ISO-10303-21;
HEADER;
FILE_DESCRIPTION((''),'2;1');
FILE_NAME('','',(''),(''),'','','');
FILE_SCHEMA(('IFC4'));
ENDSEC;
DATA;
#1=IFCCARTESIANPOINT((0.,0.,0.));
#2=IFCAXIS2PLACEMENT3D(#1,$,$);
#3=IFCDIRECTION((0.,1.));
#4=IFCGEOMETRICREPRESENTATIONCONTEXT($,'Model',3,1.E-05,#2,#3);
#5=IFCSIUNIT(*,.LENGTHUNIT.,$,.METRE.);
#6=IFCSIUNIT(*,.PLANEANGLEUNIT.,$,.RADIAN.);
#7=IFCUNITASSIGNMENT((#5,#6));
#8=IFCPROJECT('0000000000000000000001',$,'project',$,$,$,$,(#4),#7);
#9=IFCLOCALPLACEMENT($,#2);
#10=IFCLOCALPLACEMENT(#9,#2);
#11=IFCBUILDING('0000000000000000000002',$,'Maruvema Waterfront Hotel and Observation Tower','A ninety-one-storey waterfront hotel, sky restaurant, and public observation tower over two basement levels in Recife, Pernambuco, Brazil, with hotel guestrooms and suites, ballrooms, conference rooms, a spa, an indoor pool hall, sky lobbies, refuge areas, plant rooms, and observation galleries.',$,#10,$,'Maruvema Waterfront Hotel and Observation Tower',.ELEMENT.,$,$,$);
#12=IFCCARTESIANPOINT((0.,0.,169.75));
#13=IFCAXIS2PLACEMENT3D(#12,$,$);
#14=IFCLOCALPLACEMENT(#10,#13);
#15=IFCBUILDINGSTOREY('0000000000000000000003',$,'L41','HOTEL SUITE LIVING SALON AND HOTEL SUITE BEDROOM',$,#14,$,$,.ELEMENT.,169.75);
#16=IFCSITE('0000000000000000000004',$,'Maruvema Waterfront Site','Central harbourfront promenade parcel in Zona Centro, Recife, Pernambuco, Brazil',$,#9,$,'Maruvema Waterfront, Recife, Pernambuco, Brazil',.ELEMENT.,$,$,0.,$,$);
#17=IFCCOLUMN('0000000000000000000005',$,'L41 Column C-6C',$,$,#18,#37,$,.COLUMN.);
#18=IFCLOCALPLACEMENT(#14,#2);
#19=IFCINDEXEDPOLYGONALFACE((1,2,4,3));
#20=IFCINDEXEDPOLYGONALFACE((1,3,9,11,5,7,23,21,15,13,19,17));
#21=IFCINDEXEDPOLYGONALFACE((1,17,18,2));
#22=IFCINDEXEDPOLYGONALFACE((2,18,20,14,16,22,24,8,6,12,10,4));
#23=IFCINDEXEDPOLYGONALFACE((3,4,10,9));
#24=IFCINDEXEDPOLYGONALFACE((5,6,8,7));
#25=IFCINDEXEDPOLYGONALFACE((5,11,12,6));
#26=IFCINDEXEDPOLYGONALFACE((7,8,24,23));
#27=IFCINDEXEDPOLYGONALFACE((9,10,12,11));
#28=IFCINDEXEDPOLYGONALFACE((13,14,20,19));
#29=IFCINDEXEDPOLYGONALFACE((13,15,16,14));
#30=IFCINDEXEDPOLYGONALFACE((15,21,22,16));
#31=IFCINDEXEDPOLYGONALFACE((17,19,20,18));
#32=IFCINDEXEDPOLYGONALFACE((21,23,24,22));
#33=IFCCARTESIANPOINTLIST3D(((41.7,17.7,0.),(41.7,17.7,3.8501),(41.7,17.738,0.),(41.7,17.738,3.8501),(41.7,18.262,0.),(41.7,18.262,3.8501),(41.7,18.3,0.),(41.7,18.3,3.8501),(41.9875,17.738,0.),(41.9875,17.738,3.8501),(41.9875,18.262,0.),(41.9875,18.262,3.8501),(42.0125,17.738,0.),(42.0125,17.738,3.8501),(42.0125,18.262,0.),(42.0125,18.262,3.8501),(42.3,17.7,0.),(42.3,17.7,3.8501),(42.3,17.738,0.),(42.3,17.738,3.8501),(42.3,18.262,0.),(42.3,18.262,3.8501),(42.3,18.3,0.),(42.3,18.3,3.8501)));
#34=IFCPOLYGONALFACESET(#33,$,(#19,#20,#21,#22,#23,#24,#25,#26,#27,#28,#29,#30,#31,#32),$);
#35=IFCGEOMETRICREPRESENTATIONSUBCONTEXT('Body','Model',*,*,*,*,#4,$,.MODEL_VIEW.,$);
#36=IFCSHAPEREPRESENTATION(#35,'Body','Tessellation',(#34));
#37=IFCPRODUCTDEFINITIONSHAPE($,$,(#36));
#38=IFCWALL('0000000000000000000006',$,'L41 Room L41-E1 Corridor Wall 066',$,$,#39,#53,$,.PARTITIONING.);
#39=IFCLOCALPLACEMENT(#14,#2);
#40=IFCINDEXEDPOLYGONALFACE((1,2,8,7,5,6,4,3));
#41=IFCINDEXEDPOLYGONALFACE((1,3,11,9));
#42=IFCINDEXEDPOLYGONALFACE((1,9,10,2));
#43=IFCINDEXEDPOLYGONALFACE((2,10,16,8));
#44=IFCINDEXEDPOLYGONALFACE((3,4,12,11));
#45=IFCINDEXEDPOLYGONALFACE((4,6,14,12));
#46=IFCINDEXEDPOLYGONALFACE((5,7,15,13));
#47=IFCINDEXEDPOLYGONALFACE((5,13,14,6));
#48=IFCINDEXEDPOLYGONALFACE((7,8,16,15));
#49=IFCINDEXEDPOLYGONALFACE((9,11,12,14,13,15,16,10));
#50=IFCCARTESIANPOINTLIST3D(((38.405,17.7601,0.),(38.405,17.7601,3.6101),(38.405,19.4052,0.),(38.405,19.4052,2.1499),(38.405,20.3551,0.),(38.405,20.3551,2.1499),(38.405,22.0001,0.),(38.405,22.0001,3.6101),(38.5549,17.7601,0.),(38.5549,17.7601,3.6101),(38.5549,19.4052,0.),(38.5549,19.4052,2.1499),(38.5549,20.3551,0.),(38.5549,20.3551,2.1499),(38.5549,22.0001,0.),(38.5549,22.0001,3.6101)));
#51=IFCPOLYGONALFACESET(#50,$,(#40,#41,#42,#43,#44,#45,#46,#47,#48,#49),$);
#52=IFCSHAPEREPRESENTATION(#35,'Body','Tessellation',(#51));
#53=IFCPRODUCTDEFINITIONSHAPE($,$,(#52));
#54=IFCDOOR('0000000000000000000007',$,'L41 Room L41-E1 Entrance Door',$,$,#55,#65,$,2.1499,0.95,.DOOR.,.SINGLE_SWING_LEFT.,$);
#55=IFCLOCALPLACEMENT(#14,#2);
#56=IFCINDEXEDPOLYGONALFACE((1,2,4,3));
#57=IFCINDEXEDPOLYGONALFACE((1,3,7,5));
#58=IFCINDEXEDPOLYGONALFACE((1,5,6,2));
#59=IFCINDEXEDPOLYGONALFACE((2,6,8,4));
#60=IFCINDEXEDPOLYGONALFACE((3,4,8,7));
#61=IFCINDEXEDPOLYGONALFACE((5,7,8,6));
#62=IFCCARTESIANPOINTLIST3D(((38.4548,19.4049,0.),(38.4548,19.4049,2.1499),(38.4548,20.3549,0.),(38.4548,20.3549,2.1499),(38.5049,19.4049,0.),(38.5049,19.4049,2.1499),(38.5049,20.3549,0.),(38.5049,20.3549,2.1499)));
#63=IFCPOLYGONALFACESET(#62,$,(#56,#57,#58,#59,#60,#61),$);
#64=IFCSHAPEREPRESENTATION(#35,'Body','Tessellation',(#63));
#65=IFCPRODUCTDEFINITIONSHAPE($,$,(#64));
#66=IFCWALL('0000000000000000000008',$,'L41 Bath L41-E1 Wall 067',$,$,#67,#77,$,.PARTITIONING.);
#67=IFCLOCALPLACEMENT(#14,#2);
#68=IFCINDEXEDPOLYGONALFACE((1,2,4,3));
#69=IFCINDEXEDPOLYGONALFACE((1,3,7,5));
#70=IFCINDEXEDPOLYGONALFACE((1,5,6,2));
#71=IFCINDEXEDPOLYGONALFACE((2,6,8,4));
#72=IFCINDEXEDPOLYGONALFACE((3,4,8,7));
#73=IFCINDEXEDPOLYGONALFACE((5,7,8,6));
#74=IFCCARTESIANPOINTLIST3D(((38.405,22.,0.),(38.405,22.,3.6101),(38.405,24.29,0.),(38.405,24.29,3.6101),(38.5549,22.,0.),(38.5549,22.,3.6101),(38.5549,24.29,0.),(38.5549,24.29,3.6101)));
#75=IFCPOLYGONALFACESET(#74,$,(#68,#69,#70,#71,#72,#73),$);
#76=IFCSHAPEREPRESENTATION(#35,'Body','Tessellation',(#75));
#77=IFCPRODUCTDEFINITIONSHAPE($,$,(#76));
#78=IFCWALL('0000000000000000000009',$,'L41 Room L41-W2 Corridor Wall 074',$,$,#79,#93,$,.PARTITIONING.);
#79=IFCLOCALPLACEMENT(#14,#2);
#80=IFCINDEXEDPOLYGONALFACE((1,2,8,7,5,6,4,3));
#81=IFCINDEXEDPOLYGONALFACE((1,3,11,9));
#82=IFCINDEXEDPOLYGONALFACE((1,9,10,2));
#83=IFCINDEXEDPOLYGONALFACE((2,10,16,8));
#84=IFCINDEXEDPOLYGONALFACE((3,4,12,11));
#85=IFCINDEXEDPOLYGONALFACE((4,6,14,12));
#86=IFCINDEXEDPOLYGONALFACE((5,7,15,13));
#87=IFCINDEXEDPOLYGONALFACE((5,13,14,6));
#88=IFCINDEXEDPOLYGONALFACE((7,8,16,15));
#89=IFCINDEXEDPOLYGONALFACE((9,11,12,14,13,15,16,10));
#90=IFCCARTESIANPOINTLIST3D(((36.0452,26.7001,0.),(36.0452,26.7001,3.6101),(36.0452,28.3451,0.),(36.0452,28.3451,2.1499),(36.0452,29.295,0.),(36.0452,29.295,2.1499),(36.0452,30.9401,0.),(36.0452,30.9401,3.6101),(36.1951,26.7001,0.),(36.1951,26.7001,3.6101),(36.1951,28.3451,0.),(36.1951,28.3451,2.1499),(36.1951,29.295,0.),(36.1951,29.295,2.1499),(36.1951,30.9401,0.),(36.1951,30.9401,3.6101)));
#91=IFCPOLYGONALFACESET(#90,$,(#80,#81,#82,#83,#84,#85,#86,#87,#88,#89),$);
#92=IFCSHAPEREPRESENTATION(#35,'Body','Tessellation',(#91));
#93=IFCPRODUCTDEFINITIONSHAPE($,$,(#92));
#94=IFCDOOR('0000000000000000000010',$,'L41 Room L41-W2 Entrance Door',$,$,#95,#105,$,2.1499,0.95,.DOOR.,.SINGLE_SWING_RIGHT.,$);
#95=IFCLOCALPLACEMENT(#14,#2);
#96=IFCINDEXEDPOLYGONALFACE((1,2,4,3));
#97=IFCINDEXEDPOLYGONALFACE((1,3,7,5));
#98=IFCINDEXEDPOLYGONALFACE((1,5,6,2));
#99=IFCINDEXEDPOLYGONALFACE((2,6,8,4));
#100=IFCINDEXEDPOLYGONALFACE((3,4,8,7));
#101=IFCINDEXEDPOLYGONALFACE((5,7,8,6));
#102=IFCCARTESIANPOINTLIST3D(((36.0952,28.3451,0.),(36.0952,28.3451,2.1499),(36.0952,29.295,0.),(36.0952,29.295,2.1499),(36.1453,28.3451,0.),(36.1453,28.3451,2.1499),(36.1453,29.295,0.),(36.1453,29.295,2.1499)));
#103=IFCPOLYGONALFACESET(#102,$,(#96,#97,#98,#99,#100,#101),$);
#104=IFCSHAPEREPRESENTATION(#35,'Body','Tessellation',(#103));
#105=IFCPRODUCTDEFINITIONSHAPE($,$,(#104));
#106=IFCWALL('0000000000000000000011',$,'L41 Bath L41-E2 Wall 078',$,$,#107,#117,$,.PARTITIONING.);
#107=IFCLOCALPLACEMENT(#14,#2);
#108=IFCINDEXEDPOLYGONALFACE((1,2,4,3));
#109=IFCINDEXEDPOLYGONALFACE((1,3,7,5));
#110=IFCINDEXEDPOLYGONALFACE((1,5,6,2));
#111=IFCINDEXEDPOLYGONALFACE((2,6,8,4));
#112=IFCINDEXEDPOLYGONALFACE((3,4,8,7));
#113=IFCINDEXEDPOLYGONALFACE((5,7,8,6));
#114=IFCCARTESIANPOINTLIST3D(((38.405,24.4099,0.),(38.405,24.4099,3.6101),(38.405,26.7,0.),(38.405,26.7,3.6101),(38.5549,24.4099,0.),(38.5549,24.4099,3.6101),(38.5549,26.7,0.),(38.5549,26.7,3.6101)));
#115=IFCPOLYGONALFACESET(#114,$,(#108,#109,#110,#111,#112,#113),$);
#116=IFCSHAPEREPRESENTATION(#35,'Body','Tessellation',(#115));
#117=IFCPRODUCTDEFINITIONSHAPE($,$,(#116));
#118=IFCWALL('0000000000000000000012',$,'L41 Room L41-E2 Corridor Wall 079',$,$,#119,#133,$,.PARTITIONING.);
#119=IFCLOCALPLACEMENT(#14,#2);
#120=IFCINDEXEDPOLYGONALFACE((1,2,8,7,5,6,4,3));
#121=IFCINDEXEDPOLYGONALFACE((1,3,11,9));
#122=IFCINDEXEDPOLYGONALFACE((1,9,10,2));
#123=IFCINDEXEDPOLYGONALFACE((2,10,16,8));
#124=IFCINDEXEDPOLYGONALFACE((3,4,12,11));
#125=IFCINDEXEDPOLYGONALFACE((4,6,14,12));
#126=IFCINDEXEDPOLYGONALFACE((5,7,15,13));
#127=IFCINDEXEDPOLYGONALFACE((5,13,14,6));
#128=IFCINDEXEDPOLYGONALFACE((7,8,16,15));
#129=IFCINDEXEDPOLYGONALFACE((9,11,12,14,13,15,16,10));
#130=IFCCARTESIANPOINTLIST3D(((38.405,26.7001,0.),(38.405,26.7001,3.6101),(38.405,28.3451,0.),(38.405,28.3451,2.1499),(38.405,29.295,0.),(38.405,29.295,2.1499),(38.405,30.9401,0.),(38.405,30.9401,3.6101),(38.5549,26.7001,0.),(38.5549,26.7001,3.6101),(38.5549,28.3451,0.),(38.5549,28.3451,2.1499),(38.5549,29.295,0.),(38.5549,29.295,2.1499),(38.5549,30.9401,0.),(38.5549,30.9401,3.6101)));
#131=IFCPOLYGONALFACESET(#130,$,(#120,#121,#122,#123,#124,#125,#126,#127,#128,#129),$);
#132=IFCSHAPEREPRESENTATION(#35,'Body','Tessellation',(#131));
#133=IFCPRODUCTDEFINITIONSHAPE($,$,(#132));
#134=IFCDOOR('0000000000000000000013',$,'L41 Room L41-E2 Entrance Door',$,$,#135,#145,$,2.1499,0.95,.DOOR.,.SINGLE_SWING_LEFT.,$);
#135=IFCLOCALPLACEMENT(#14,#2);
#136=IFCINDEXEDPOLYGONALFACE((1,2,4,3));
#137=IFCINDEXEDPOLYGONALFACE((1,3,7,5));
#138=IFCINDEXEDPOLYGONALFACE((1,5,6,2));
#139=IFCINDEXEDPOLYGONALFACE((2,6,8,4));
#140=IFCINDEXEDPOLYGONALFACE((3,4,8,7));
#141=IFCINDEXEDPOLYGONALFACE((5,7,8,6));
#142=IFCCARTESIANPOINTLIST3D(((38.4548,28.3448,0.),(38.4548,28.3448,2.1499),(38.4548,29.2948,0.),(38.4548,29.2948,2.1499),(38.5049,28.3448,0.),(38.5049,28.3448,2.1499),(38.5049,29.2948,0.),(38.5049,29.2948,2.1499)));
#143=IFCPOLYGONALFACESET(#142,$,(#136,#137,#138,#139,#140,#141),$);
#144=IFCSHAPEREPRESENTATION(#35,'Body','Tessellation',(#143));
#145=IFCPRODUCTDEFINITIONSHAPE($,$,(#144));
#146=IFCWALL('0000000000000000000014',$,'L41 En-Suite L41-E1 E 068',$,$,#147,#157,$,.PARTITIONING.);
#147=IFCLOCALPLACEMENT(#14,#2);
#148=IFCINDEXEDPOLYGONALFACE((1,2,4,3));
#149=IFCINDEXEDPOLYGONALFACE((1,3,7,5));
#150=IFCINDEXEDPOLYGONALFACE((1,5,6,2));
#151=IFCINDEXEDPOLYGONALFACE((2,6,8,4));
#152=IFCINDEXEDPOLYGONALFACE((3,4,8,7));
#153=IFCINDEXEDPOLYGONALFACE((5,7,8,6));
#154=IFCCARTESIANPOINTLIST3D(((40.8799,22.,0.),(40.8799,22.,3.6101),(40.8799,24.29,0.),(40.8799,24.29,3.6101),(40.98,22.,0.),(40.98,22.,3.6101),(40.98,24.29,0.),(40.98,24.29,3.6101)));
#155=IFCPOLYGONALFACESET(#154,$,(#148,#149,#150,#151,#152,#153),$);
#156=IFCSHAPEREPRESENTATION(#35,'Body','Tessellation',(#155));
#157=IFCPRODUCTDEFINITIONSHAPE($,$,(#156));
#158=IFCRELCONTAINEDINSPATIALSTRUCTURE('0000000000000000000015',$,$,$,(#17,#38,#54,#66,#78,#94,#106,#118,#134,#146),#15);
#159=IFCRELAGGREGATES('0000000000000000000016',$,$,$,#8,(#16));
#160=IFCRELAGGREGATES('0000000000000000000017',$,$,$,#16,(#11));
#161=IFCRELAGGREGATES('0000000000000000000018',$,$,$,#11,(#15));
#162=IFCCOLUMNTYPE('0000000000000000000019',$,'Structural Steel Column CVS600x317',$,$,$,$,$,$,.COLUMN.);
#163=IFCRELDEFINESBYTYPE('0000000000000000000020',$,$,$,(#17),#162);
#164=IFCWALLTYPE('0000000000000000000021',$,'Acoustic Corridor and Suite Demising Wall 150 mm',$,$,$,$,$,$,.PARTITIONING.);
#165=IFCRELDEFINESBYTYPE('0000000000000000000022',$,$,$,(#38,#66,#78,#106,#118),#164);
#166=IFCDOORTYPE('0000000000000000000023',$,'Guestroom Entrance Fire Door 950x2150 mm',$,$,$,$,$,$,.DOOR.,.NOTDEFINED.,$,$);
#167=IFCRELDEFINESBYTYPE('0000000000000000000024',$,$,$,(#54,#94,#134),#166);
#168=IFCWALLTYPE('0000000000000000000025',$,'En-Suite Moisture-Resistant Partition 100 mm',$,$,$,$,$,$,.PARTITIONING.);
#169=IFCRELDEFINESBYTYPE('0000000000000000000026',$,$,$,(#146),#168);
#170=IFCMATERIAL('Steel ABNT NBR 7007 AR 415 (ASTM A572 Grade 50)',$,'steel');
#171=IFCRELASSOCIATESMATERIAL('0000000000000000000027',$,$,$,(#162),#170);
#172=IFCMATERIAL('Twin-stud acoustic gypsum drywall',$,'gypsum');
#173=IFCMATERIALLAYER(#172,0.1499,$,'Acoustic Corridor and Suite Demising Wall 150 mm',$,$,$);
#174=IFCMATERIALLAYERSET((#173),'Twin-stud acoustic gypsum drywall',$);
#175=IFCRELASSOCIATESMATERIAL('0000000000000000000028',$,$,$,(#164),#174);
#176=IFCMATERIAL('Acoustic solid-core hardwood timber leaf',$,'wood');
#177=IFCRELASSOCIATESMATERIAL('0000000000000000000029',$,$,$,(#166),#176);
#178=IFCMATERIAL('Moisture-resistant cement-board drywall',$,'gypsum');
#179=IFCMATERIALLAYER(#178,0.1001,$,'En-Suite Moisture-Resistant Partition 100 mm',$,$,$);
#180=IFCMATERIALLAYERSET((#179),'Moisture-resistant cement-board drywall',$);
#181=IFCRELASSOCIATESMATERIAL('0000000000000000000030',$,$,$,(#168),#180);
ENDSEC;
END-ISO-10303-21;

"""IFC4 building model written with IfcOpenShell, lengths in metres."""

from ifc_helpers import new_model, si_unit, direction, frame, frame_2d, origin, origin_2d, place, context, subcontext, project, spatial, rectangle, i_section, extrude, material, layer, layer_set, material_profile, profile_set, type_object, element, fill, save


model = new_model("IFC4")

# Units and contexts
model_context = context("Model", 3, precision=1e-05, world=origin(), true_north=direction((0.0, 1.0)))
body_context = subcontext(model_context, "Body", "Model", "MODEL_VIEW")
ifc_project = project(units=[si_unit("LENGTHUNIT", "METRE"), si_unit("PLANEANGLEUNIT", "RADIAN")], contexts=[model_context])

# Site, building, storey
site_placement = place(None, origin())
site = spatial("IfcSite", under=ifc_project, at=site_placement, Name="Maruvema Waterfront Site", Description="Central harbourfront promenade parcel in Zona Centro, Recife, Pernambuco, Brazil", LongName="Maruvema Waterfront, Recife, Pernambuco, Brazil", CompositionType="ELEMENT", RefElevation=0.0)
building_placement = place(site_placement, origin())
building = spatial("IfcBuilding", under=site, at=building_placement, Name="Maruvema Waterfront Hotel and Observation Tower", Description="A ninety-one-storey waterfront hotel, sky restaurant, and public observation tower over two basement levels in Recife, Pernambuco, Brazil, with hotel guestrooms and suites, ballrooms, conference rooms, a spa, an indoor pool hall, sky lobbies, refuge areas, plant rooms, and observation galleries.", LongName="Maruvema Waterfront Hotel and Observation Tower", CompositionType="ELEMENT")
storey_placement = place(building_placement, frame((0.0, 0.0, 169.75)))
storey = spatial("IfcBuildingStorey", under=building, at=storey_placement, Name="L41", Description="HOTEL SUITE LIVING SALON AND HOTEL SUITE BEDROOM", CompositionType="ELEMENT", Elevation=169.75)

# Column
ifc_material_1 = material(Name="Steel ABNT NBR 7007 AR 415 (ASTM A572 Grade 50)", Category="steel")
ifc_material_profile = material_profile(ifc_material_1, i_section(OverallWidth=0.6001, OverallDepth=0.6001, WebThickness=0.0249, FlangeThickness=0.0381, at=origin_2d()), Name="CVS600x317")
ifc_profile_set = profile_set([ifc_material_profile], Name="Steel ABNT NBR 7007 AR 415 (ASTM A572 Grade 50)")
column_type = type_object("IfcColumnType", Name="Structural Steel Column CVS600x317", PredefinedType="COLUMN", material=ifc_profile_set)
column_placement = place(storey_placement, frame((42.0, 18.0, 0.0), z_axis=(0.0, 0.0, 1.0), x_axis=(1.0, 0.0, 0.0)))
element("IfcColumn", 1, at=column_placement, inside=storey, type_object=column_type, Name="L41 Column C-6C", PredefinedType="COLUMN", context=body_context, shape_type="SweptSolid", body=[
    extrude(i_section(OverallWidth=0.6001, OverallDepth=0.6001, WebThickness=0.0249, FlangeThickness=0.0381, at=origin_2d()), origin(), (0.0, 0.0, 1.0), 3.8501),
])

# Wall, opening, door
ifc_material_2 = material(Name="Twin-stud acoustic gypsum drywall", Category="gypsum")
ifc_layer_1 = layer(ifc_material_2, 0.1499, Name="Acoustic Corridor and Suite Demising Wall 150 mm")
ifc_layer_set_1 = layer_set([ifc_layer_1], Name="Twin-stud acoustic gypsum drywall")
wall_type_1 = type_object("IfcWallType", Name="Acoustic Corridor and Suite Demising Wall 150 mm", PredefinedType="PARTITIONING", material=ifc_layer_set_1)
wall_1_placement = place(storey_placement, frame((38.48, 17.76, 0.0), z_axis=(0.0, 0.0, 1.0), x_axis=(0.0, 1.0, 0.0)))
wall_1 = element("IfcWall", 2, at=wall_1_placement, inside=storey, type_object=wall_type_1, Name="L41 Room L41-E1 Corridor Wall 066", PredefinedType="PARTITIONING", context=body_context, shape_type="SweptSolid", body=[
    extrude(rectangle(XDim=4.24, YDim=0.1499, at=frame_2d((2.1201, 0.0))), origin(), (0.0, 0.0, 1.0), 3.6101),
])
opening_1_placement = place(wall_1_placement, frame((1.645, 0.0, 0.0)))
opening_1 = element("IfcOpeningElement", 3, at=opening_1_placement, cuts=wall_1, PredefinedType="OPENING", context=body_context, shape_type="SweptSolid", body=[
    extrude(rectangle(XDim=0.95, YDim=2.1499, at=frame_2d((0.4751, 1.075))), frame((0.0, 0.085, 0.0), z_axis=(0.0, -1.0, 0.0), x_axis=(1.0, 0.0, 0.0)), (0.0, 0.0, 1.0), 0.1699),
])
ifc_material_3 = material(Name="Acoustic solid-core hardwood timber leaf", Category="wood")
door_type_1 = type_object("IfcDoorType", Name="Guestroom Entrance Fire Door 950x2150 mm", OperationType="NOTDEFINED", PredefinedType="DOOR", material=ifc_material_3)
door_1_placement = place(opening_1_placement, frame((0.95, 0.0, 0.0), z_axis=(0.0, 0.0, 1.0), x_axis=(-1.0, 0.0, 0.0)))
door_1 = element("IfcDoor", 4, at=door_1_placement, inside=storey, type_object=door_type_1, Name="L41 Room L41-E1 Entrance Door", OperationType="SINGLE_SWING_LEFT", OverallHeight=2.1499, OverallWidth=0.95, PredefinedType="DOOR", context=body_context, shape_type="SweptSolid", body=[
    extrude(rectangle(XDim=0.95, YDim=2.1499, at=frame_2d((0.4751, 1.075))), frame((0.0, 0.0249, 0.0), z_axis=(0.0, -1.0, 0.0), x_axis=(1.0, 0.0, 0.0)), (0.0, 0.0, 1.0), 0.05),
])
fill(opening_1, door_1)

# Wall
wall_2_placement = place(storey_placement, frame((38.48, 22.0, 0.0), z_axis=(0.0, 0.0, 1.0), x_axis=(0.0, 1.0, 0.0)))
element("IfcWall", 5, at=wall_2_placement, inside=storey, type_object=wall_type_1, Name="L41 Bath L41-E1 Wall 067", PredefinedType="PARTITIONING", context=body_context, shape_type="SweptSolid", body=[
    extrude(rectangle(XDim=2.29, YDim=0.1499, at=frame_2d((1.145, 0.0))), origin(), (0.0, 0.0, 1.0), 3.6101),
])

# Wall, opening, door
wall_3_placement = place(storey_placement, frame((36.1201, 26.7, 0.0), z_axis=(0.0, 0.0, 1.0), x_axis=(0.0, 1.0, 0.0)))
wall_3 = element("IfcWall", 6, at=wall_3_placement, inside=storey, type_object=wall_type_1, Name="L41 Room L41-W2 Corridor Wall 074", PredefinedType="PARTITIONING", context=body_context, shape_type="SweptSolid", body=[
    extrude(rectangle(XDim=4.24, YDim=0.1499, at=frame_2d((2.1201, 0.0))), origin(), (0.0, 0.0, 1.0), 3.6101),
])
opening_2_placement = place(wall_3_placement, frame((1.645, 0.0, 0.0)))
opening_2 = element("IfcOpeningElement", 7, at=opening_2_placement, cuts=wall_3, PredefinedType="OPENING", context=body_context, shape_type="SweptSolid", body=[
    extrude(rectangle(XDim=0.95, YDim=2.1499, at=frame_2d((0.4751, 1.075))), frame((0.0, 0.085, 0.0), z_axis=(0.0, -1.0, 0.0), x_axis=(1.0, 0.0, 0.0)), (0.0, 0.0, 1.0), 0.1699),
])
door_2_placement = place(opening_2_placement, origin())
door_2 = element("IfcDoor", 8, at=door_2_placement, inside=storey, type_object=door_type_1, Name="L41 Room L41-W2 Entrance Door", OperationType="SINGLE_SWING_RIGHT", OverallHeight=2.1499, OverallWidth=0.95, PredefinedType="DOOR", context=body_context, shape_type="SweptSolid", body=[
    extrude(rectangle(XDim=0.95, YDim=2.1499, at=frame_2d((0.4751, 1.075))), frame((0.0, 0.0249, 0.0), z_axis=(0.0, -1.0, 0.0), x_axis=(1.0, 0.0, 0.0)), (0.0, 0.0, 1.0), 0.05),
])
fill(opening_2, door_2)

# Wall
wall_4_placement = place(storey_placement, frame((38.48, 24.4099, 0.0), z_axis=(0.0, 0.0, 1.0), x_axis=(0.0, 1.0, 0.0)))
element("IfcWall", 9, at=wall_4_placement, inside=storey, type_object=wall_type_1, Name="L41 Bath L41-E2 Wall 078", PredefinedType="PARTITIONING", context=body_context, shape_type="SweptSolid", body=[
    extrude(rectangle(XDim=2.29, YDim=0.1499, at=frame_2d((1.145, 0.0))), origin(), (0.0, 0.0, 1.0), 3.6101),
])

# Wall, opening, door
wall_5_placement = place(storey_placement, frame((38.48, 26.7, 0.0), z_axis=(0.0, 0.0, 1.0), x_axis=(0.0, 1.0, 0.0)))
wall_5 = element("IfcWall", 10, at=wall_5_placement, inside=storey, type_object=wall_type_1, Name="L41 Room L41-E2 Corridor Wall 079", PredefinedType="PARTITIONING", context=body_context, shape_type="SweptSolid", body=[
    extrude(rectangle(XDim=4.24, YDim=0.1499, at=frame_2d((2.1201, 0.0))), origin(), (0.0, 0.0, 1.0), 3.6101),
])
opening_3_placement = place(wall_5_placement, frame((1.645, 0.0, 0.0)))
opening_3 = element("IfcOpeningElement", 11, at=opening_3_placement, cuts=wall_5, PredefinedType="OPENING", context=body_context, shape_type="SweptSolid", body=[
    extrude(rectangle(XDim=0.95, YDim=2.1499, at=frame_2d((0.4751, 1.075))), frame((0.0, 0.085, 0.0), z_axis=(0.0, -1.0, 0.0), x_axis=(1.0, 0.0, 0.0)), (0.0, 0.0, 1.0), 0.1699),
])
door_3_placement = place(opening_3_placement, frame((0.95, 0.0, 0.0), z_axis=(0.0, 0.0, 1.0), x_axis=(-1.0, 0.0, 0.0)))
door_3 = element("IfcDoor", 12, at=door_3_placement, inside=storey, type_object=door_type_1, Name="L41 Room L41-E2 Entrance Door", OperationType="SINGLE_SWING_LEFT", OverallHeight=2.1499, OverallWidth=0.95, PredefinedType="DOOR", context=body_context, shape_type="SweptSolid", body=[
    extrude(rectangle(XDim=0.95, YDim=2.1499, at=frame_2d((0.4751, 1.075))), frame((0.0, 0.0249, 0.0), z_axis=(0.0, -1.0, 0.0), x_axis=(1.0, 0.0, 0.0)), (0.0, 0.0, 1.0), 0.05),
])
fill(opening_3, door_3)

# Wall
ifc_material_4 = material(Name="Moisture-resistant cement-board drywall", Category="gypsum")
ifc_layer_2 = layer(ifc_material_4, 0.1001, Name="En-Suite Moisture-Resistant Partition 100 mm")
ifc_layer_set_2 = layer_set([ifc_layer_2], Name="Moisture-resistant cement-board drywall")
wall_type_2 = type_object("IfcWallType", Name="En-Suite Moisture-Resistant Partition 100 mm", PredefinedType="PARTITIONING", material=ifc_layer_set_2)
wall_6_placement = place(storey_placement, frame((40.9299, 22.0, 0.0), z_axis=(0.0, 0.0, 1.0), x_axis=(0.0, 1.0, 0.0)))
element("IfcWall", 13, at=wall_6_placement, inside=storey, type_object=wall_type_2, Name="L41 En-Suite L41-E1 E 068", PredefinedType="PARTITIONING", context=body_context, shape_type="SweptSolid", body=[
    extrude(rectangle(XDim=2.29, YDim=0.1001, at=frame_2d((1.145, 0.0))), origin(), (0.0, 0.0, 1.0), 3.6101),
])

save(model, "model.ifc")
